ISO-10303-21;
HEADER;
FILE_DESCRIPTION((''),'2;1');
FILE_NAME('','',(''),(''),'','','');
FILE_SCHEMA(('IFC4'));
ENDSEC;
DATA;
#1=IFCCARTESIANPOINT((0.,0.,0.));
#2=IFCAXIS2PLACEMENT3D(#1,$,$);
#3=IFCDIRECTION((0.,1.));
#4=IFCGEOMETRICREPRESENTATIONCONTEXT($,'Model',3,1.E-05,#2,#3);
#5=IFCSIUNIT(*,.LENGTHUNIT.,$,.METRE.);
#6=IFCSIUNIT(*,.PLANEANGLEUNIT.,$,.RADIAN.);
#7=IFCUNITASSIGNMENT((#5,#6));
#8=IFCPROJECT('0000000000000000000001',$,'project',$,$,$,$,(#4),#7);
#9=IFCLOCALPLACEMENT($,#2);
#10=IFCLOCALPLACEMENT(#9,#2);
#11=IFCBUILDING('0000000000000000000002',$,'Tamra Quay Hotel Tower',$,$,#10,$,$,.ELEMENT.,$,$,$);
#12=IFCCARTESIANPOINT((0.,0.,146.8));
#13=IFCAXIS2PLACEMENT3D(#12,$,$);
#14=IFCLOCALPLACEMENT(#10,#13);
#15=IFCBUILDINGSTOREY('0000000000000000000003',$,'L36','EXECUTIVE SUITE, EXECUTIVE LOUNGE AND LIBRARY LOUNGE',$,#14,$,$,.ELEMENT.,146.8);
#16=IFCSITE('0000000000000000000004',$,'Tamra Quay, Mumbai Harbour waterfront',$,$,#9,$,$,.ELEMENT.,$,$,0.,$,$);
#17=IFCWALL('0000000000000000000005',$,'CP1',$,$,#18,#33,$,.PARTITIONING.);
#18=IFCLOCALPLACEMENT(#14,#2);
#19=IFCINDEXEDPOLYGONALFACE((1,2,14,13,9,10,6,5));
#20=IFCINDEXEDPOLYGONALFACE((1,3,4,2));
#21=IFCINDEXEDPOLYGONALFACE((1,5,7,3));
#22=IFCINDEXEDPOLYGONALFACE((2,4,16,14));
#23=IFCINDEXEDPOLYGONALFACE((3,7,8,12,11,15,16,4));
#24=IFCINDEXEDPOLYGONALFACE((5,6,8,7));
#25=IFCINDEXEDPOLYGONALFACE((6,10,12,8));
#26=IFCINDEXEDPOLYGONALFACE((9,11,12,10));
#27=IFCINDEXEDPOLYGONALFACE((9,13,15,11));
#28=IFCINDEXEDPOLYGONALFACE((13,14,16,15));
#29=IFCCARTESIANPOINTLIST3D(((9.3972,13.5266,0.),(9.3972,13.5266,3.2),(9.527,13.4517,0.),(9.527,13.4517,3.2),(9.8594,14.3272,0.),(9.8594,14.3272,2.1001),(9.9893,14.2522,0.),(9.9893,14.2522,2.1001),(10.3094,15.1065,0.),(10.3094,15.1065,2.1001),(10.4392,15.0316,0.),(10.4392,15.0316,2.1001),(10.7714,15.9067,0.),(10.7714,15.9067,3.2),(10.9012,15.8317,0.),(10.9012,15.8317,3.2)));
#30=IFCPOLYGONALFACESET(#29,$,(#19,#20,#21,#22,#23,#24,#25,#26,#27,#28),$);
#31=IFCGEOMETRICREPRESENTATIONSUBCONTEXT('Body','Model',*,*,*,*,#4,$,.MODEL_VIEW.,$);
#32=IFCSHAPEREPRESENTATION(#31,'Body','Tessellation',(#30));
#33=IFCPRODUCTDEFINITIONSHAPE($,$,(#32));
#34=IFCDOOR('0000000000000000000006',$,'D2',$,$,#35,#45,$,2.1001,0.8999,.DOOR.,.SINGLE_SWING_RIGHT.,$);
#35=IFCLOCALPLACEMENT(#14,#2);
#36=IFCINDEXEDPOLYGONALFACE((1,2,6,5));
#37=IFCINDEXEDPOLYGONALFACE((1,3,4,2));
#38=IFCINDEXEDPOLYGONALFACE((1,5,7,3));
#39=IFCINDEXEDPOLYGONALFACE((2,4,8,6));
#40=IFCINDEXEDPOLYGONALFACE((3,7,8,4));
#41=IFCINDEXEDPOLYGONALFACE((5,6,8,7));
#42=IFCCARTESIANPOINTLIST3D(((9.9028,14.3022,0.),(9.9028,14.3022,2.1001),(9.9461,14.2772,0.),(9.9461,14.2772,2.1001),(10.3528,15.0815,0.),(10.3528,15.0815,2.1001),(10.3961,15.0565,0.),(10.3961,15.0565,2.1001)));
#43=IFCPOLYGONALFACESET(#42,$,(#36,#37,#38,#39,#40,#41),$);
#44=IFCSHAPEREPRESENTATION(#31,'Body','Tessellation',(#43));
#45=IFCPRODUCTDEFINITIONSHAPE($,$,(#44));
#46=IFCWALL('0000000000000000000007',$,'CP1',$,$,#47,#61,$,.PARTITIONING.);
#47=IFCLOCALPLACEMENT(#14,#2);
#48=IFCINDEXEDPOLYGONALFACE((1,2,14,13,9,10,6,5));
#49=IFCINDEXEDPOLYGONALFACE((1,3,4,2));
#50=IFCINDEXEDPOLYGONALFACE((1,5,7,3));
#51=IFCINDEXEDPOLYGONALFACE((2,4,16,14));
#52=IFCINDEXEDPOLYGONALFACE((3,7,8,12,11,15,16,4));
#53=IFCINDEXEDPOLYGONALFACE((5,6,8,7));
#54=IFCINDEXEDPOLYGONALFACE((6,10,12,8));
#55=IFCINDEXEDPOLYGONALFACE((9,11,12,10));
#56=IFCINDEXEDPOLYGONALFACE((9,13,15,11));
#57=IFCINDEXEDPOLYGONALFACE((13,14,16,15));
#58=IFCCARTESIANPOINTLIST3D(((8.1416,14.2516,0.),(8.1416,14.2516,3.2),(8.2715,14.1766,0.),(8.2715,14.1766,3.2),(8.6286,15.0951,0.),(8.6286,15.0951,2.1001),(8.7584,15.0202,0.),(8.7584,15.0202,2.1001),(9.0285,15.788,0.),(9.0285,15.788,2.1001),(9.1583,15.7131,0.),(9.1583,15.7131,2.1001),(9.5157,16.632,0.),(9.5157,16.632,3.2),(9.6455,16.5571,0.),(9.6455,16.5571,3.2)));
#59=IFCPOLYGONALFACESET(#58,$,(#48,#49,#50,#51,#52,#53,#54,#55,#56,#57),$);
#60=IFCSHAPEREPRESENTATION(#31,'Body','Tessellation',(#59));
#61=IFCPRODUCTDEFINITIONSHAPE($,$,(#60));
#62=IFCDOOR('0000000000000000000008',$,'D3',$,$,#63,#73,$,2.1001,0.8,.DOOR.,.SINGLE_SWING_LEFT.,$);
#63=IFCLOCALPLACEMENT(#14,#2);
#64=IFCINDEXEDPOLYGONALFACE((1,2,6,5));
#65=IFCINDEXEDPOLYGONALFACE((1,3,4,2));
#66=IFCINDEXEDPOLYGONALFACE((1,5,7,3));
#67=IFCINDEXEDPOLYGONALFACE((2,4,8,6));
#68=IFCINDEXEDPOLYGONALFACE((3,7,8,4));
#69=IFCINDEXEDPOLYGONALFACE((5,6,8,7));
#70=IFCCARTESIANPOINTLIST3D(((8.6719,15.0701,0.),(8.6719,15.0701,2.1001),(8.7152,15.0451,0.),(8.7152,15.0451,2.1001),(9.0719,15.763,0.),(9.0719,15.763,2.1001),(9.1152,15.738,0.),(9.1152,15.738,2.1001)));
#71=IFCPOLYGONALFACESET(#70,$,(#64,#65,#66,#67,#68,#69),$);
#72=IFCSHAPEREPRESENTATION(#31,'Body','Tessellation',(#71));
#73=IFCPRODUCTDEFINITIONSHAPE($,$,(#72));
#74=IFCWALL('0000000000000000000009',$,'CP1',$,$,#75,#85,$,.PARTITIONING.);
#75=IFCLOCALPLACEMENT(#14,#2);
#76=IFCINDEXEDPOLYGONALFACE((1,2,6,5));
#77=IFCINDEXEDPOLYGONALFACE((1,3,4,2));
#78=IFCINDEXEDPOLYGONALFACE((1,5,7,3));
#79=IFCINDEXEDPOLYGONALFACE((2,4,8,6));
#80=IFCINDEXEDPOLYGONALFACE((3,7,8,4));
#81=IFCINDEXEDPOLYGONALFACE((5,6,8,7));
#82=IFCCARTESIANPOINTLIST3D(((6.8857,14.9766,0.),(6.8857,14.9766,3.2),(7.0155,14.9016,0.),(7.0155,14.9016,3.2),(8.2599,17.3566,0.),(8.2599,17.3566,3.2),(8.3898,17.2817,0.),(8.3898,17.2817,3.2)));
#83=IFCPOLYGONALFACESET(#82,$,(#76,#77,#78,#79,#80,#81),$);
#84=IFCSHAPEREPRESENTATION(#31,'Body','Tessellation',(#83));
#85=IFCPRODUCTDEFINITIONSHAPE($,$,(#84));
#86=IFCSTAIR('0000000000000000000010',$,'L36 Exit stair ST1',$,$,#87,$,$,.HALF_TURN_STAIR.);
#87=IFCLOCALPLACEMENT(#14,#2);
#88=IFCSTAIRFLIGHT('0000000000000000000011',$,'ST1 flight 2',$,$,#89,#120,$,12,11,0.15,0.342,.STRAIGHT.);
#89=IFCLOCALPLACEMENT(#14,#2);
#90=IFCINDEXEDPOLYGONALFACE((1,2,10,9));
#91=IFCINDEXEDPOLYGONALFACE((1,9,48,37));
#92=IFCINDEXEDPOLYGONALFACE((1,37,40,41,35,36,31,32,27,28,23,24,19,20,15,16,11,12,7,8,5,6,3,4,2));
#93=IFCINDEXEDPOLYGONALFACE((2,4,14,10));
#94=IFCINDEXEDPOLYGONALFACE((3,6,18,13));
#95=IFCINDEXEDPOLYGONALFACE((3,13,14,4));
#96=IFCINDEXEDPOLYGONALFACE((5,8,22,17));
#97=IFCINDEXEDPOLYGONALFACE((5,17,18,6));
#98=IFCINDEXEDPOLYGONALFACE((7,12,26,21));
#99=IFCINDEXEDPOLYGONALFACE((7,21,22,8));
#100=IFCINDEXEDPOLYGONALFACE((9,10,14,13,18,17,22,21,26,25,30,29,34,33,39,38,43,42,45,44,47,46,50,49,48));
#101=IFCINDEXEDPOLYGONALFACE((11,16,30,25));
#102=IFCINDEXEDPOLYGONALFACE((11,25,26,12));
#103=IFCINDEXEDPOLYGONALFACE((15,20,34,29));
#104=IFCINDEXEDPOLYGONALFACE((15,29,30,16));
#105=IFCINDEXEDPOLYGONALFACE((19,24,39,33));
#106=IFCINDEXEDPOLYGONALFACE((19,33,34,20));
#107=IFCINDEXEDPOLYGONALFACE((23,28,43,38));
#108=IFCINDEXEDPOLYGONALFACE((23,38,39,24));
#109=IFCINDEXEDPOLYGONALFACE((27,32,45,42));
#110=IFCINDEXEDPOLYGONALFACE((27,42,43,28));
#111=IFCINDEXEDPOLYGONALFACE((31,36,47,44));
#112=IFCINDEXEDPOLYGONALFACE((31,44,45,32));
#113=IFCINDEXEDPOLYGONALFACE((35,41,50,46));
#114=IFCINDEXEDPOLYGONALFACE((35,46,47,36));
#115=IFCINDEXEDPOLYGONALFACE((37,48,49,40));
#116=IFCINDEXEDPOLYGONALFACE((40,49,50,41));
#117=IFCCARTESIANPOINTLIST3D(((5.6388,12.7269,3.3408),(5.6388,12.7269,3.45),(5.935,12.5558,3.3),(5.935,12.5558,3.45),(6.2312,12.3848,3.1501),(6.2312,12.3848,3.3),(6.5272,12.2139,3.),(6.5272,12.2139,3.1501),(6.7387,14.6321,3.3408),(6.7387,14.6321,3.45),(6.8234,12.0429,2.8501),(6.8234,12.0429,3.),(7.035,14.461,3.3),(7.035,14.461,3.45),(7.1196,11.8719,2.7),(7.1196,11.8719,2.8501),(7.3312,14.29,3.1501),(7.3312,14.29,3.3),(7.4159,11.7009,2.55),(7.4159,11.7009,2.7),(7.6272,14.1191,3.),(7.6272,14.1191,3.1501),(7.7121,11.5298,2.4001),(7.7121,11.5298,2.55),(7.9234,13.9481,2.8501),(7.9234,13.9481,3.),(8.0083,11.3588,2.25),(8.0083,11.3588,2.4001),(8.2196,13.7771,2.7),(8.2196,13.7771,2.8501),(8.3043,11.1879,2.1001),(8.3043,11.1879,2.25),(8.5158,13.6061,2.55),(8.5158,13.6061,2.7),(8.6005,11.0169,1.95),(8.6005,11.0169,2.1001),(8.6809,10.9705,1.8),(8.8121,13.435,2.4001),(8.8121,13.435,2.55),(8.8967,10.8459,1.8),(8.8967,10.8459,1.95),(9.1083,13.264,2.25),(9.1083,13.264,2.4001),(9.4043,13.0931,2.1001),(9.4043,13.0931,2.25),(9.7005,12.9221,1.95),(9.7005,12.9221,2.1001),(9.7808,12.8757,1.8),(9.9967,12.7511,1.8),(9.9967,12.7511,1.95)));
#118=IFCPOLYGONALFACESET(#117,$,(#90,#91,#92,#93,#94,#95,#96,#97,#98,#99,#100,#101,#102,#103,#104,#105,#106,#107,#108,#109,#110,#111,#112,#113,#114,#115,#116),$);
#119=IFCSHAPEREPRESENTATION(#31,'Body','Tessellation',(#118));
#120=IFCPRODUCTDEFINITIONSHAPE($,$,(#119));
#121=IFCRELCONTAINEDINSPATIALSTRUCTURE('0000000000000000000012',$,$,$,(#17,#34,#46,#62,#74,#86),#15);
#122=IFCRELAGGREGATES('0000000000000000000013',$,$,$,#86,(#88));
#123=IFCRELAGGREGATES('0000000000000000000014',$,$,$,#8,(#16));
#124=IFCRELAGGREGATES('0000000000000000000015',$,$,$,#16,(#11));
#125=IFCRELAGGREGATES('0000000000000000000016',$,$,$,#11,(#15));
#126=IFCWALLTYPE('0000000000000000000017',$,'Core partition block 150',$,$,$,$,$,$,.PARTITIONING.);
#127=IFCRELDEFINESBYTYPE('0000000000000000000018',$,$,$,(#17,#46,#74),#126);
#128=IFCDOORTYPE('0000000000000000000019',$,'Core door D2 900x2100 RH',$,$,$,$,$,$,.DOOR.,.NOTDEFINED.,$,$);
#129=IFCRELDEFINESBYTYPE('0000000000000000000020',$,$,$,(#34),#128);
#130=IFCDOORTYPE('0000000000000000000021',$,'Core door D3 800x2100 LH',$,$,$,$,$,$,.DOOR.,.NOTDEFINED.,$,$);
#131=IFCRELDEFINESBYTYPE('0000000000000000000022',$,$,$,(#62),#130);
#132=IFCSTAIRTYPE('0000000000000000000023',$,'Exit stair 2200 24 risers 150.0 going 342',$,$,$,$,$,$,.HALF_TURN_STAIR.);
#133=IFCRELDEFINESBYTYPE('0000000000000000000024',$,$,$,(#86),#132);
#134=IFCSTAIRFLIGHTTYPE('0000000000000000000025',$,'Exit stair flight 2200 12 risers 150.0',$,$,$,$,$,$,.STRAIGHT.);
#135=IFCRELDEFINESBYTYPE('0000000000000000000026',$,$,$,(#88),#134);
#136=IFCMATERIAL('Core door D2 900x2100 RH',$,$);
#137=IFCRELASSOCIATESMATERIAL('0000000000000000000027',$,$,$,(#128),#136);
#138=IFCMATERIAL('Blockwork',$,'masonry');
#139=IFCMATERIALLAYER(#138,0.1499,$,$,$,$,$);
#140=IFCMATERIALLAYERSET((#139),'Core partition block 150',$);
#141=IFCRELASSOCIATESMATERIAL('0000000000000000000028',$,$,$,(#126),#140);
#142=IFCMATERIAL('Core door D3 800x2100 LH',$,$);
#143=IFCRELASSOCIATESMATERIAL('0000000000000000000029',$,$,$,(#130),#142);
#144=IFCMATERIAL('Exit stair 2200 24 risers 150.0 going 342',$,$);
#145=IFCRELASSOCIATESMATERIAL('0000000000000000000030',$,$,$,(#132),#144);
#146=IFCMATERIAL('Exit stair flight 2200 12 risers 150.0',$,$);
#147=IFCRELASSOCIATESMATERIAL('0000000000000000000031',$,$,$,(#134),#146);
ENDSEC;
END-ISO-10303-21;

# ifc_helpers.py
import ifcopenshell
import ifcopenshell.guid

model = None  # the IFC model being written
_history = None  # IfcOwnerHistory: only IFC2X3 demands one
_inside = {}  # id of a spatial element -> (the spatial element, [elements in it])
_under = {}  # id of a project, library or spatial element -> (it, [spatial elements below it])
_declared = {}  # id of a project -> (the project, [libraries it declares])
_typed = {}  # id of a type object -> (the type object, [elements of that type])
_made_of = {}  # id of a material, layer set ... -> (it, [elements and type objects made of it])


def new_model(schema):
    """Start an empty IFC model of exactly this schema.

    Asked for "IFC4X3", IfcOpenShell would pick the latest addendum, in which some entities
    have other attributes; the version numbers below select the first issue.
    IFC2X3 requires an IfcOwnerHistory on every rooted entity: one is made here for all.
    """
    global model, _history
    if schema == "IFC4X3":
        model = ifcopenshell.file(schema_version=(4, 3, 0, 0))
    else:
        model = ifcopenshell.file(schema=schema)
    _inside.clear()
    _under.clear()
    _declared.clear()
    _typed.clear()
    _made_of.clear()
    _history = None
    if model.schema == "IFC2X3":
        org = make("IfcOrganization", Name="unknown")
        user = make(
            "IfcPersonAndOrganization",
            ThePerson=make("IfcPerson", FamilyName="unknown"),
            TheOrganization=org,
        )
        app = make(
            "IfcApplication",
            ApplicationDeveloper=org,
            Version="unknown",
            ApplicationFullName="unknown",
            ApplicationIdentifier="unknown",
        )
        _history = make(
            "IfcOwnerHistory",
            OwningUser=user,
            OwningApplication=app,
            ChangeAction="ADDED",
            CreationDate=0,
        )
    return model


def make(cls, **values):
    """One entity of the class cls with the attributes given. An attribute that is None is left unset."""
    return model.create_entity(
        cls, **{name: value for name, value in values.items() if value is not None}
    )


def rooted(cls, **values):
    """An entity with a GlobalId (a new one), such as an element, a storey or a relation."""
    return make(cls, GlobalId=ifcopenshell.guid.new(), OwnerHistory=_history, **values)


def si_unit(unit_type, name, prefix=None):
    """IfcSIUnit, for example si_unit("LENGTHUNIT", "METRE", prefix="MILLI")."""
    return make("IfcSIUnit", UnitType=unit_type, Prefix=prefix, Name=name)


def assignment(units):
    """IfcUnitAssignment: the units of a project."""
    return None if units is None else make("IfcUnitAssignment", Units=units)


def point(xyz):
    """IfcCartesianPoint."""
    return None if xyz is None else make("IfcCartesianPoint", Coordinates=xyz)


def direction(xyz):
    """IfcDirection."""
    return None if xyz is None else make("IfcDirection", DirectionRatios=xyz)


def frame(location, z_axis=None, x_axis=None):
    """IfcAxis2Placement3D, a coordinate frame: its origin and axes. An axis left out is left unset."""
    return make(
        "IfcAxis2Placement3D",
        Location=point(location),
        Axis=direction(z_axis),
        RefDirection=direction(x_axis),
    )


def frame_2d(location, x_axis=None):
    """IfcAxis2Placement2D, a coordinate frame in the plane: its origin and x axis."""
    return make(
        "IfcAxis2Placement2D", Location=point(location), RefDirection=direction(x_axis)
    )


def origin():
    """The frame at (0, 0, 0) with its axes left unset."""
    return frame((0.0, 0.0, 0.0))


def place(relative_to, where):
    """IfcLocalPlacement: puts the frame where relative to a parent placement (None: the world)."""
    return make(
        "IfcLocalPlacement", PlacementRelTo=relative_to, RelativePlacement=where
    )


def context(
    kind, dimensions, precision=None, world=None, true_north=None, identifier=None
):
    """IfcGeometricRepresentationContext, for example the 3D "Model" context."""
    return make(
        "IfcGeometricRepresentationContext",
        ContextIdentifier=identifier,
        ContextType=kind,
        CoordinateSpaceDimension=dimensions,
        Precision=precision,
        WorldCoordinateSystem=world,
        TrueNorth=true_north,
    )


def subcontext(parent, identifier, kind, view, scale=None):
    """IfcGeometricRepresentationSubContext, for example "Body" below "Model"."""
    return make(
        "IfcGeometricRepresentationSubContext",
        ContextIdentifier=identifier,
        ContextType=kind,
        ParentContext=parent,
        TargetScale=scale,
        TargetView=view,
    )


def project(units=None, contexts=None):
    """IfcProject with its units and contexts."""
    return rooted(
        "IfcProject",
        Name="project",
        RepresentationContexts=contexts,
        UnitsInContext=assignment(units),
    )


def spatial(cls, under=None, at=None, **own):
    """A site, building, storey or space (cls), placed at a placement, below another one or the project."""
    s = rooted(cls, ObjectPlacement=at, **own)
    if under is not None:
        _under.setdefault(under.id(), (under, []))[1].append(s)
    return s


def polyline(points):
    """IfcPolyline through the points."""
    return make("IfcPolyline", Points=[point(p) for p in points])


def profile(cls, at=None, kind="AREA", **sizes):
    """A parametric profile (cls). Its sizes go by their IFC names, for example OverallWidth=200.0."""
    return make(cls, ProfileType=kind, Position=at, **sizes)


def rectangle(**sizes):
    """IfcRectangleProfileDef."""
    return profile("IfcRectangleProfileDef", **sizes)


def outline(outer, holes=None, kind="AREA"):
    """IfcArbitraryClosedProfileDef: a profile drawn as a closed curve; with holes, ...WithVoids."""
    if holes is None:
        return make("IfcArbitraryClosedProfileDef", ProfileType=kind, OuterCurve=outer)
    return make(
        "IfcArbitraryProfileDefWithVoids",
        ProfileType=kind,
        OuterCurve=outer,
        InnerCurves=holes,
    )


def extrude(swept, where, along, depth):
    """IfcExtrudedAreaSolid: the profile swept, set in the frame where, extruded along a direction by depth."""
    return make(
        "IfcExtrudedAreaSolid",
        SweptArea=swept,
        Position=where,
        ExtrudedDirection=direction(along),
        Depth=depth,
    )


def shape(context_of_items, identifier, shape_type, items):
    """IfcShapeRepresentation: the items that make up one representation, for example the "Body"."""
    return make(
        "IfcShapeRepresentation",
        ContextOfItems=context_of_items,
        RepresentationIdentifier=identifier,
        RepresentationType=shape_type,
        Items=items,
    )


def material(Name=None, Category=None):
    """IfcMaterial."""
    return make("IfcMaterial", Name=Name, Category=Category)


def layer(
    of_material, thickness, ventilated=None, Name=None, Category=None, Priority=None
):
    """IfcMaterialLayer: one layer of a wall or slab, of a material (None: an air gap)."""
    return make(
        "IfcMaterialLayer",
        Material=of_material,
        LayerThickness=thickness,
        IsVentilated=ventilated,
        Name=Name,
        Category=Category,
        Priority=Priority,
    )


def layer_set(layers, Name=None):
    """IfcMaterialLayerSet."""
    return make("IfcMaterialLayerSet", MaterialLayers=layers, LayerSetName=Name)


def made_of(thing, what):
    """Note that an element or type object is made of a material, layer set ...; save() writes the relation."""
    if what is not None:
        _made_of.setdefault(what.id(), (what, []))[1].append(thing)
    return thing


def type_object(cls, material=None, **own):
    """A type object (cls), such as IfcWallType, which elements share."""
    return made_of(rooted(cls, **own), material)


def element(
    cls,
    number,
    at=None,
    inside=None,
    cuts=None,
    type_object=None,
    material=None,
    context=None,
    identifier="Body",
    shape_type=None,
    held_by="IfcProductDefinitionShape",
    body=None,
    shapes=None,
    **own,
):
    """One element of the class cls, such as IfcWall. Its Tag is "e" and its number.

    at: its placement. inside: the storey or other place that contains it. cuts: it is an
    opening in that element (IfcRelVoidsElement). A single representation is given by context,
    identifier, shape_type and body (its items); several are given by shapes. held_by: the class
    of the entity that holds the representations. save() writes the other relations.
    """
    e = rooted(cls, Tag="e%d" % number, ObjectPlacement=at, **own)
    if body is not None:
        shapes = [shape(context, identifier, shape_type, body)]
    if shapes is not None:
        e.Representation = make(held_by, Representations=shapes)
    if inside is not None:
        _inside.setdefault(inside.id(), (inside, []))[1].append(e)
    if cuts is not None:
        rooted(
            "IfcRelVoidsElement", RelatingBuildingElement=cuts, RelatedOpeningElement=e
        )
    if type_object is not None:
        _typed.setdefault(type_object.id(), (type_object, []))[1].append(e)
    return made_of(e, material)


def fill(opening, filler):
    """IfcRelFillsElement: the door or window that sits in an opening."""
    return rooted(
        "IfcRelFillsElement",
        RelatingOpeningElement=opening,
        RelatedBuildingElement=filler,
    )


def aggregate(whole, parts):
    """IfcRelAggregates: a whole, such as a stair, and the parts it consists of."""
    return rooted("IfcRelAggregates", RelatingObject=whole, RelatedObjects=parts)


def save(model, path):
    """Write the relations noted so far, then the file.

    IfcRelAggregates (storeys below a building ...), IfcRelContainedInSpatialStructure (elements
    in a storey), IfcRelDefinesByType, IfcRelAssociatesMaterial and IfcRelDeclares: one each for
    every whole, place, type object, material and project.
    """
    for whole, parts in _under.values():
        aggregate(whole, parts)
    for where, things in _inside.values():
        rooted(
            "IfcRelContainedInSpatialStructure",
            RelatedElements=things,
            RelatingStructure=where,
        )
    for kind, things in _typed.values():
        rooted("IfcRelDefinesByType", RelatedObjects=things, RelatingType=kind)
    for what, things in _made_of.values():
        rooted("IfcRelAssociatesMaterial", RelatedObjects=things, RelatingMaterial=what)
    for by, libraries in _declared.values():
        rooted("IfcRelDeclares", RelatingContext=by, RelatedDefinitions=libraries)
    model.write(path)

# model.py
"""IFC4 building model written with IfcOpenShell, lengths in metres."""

from ifc_helpers import new_model, si_unit, direction, frame, frame_2d, origin, place, context, subcontext, project, spatial, polyline, rectangle, outline, extrude, material, layer, layer_set, type_object, element, fill, aggregate, save


model = new_model("IFC4")

# Units and contexts
model_context = context("Model", 3, precision=1e-05, world=origin(), true_north=direction((0.0, 1.0)))
body_context = subcontext(model_context, "Body", "Model", "MODEL_VIEW")
ifc_project = project(units=[si_unit("LENGTHUNIT", "METRE"), si_unit("PLANEANGLEUNIT", "RADIAN")], contexts=[model_context])

# Site, building, storey
site_placement = place(None, origin())
site = spatial("IfcSite", under=ifc_project, at=site_placement, Name="Tamra Quay, Mumbai Harbour waterfront", CompositionType="ELEMENT", RefElevation=0.0)
building_placement = place(site_placement, origin())
building = spatial("IfcBuilding", under=site, at=building_placement, Name="Tamra Quay Hotel Tower", CompositionType="ELEMENT")
storey_placement = place(building_placement, frame((0.0, 0.0, 146.8)))
storey = spatial("IfcBuildingStorey", under=building, at=storey_placement, Name="L36", Description="EXECUTIVE SUITE, EXECUTIVE LOUNGE AND LIBRARY LOUNGE", CompositionType="ELEMENT", Elevation=146.8)

# Shared definitions
ifc_material_1 = material(Name="Core door D2 900x2100 RH")
door_type_1 = type_object("IfcDoorType", Name="Core door D2 900x2100 RH", OperationType="NOTDEFINED", PredefinedType="DOOR", material=ifc_material_1)

# Walls, openings, doors
ifc_material_2 = material(Name="Blockwork", Category="masonry")
ifc_layer_1 = layer(ifc_material_2, 0.1499)
ifc_layer_set_1 = layer_set([ifc_layer_1], Name="Core partition block 150")
wall_type_1 = type_object("IfcWallType", Name="Core partition block 150", PredefinedType="PARTITIONING", material=ifc_layer_set_1)
wall_1_placement = place(storey_placement, frame((9.4622, 13.4893, 0.0), z_axis=(0.0, 0.0, 1.0), x_axis=(0.500027, 0.86601, 0.0)))
wall_1 = element("IfcWall", 1, at=wall_1_placement, inside=storey, type_object=wall_type_1, Name="CP1", PredefinedType="PARTITIONING", context=body_context, shape_type="SweptSolid", body=[
    extrude(rectangle(XDim=2.7483, YDim=0.1499, at=frame_2d((1.374, 0.0))), origin(), (0.0, 0.0, 1.0), 3.2),
])
opening_1_placement = place(wall_1_placement, frame((0.9243, 0.0, 0.0)))
opening_1 = element("IfcOpeningElement", 2, at=opening_1_placement, cuts=wall_1, PredefinedType="OPENING", context=body_context, shape_type="SweptSolid", body=[
    extrude(rectangle(XDim=0.8999, YDim=2.1001, at=frame_2d((0.45, 1.05))), frame((0.0, 0.085, 0.0), z_axis=(0.0, -1.0, 0.0), x_axis=(1.0, 0.0, 0.0)), (0.0, 0.0, 1.0), 0.1699),
])
door_1_placement = place(opening_1_placement, origin())
door_1 = element("IfcDoor", 3, at=door_1_placement, inside=storey, type_object=door_type_1, Name="D2", OperationType="SINGLE_SWING_RIGHT", OverallHeight=2.1001, OverallWidth=0.8999, PredefinedType="DOOR", context=body_context, shape_type="SweptSolid", body=[
    extrude(rectangle(XDim=0.8999, YDim=2.1001, at=frame_2d((0.45, 1.05))), frame((0.0, 0.0249, 0.0), z_axis=(0.0, -1.0, 0.0), x_axis=(1.0, 0.0, 0.0)), (0.0, 0.0, 1.0), 0.05),
])
fill(opening_1, door_1)
wall_2_placement = place(storey_placement, frame((8.2065, 14.2141, 0.0), z_axis=(0.0, 0.0, 1.0), x_axis=(0.499922, 0.86607, 0.0)))
wall_2 = element("IfcWall", 4, at=wall_2_placement, inside=storey, type_object=wall_type_1, Name="CP1", PredefinedType="PARTITIONING", context=body_context, shape_type="SweptSolid", body=[
    extrude(rectangle(XDim=2.7485, YDim=0.1499, at=frame_2d((1.3743, 0.0))), origin(), (0.0, 0.0, 1.0), 3.2),
])
opening_2_placement = place(wall_2_placement, frame((0.9741, 0.0, 0.0)))
opening_2 = element("IfcOpeningElement", 5, at=opening_2_placement, cuts=wall_2, PredefinedType="OPENING", context=body_context, shape_type="SweptSolid", body=[
    extrude(rectangle(XDim=0.8, YDim=2.1001, at=frame_2d((0.3999, 1.05))), frame((0.0, 0.085, 0.0), z_axis=(0.0, -1.0, 0.0), x_axis=(1.0, 0.0, 0.0)), (0.0, 0.0, 1.0), 0.1699),
])
ifc_material_3 = material(Name="Core door D3 800x2100 LH")
door_type_2 = type_object("IfcDoorType", Name="Core door D3 800x2100 LH", OperationType="NOTDEFINED", PredefinedType="DOOR", material=ifc_material_3)
door_2_placement = place(opening_2_placement, origin())
door_2 = element("IfcDoor", 6, at=door_2_placement, inside=storey, type_object=door_type_2, Name="D3", OperationType="SINGLE_SWING_LEFT", OverallHeight=2.1001, OverallWidth=0.8, PredefinedType="DOOR", context=body_context, shape_type="SweptSolid", body=[
    extrude(rectangle(XDim=0.8, YDim=2.1001, at=frame_2d((0.3999, 1.05))), frame((0.0, 0.0249, 0.0), z_axis=(0.0, -1.0, 0.0), x_axis=(1.0, 0.0, 0.0)), (0.0, 0.0, 1.0), 0.05),
])
fill(opening_2, door_2)

# Wall
wall_3_placement = place(storey_placement, frame((6.9507, 14.9392, 0.0), z_axis=(0.0, 0.0, 1.0), x_axis=(0.500027, 0.86601, 0.0)))
element("IfcWall", 7, at=wall_3_placement, inside=storey, type_object=wall_type_1, Name="CP1", PredefinedType="PARTITIONING", context=body_context, shape_type="SweptSolid", body=[
    extrude(rectangle(XDim=2.7483, YDim=0.1499, at=frame_2d((1.374, 0.0))), origin(), (0.0, 0.0, 1.0), 3.2),
])

# Stair, stair flight
ifc_material_4 = material(Name="Exit stair 2200 24 risers 150.0 going 342")
stair_type = type_object("IfcStairType", Name="Exit stair 2200 24 risers 150.0 going 342", PredefinedType="HALF_TURN_STAIR", material=ifc_material_4)
stair_placement = place(storey_placement, origin())
stair = element("IfcStair", 8, at=stair_placement, inside=storey, type_object=stair_type, Name="L36 Exit stair ST1", PredefinedType="HALF_TURN_STAIR")
ifc_material_5 = material(Name="Exit stair flight 2200 12 risers 150.0")
stair_flight_type = type_object("IfcStairFlightType", Name="Exit stair flight 2200 12 risers 150.0", PredefinedType="STRAIGHT", material=ifc_material_5)
stair_flight_placement = place(storey_placement, frame((9.4468, 11.7986, 1.8), z_axis=(0.0, 0.0, 1.0), x_axis=(-0.866025, 0.5, 0.0)))
stair_flight = element("IfcStairFlight", 9, at=stair_flight_placement, type_object=stair_flight_type, Name="ST1 flight 2", NumberOfRisers=12, NumberOfTreads=11, PredefinedType="STRAIGHT", RiserHeight=0.15, TreadLength=0.342, context=body_context, shape_type="SweptSolid", body=[
    extrude(outline(polyline([(0.0, 0.0), (0.0, 0.1499), (0.342, 0.1499), (0.342, 0.3), (0.6841, 0.3), (0.6841, 0.45), (1.0259, 0.45), (1.0259, 0.6001), (1.3679, 0.6001), (1.3679, 0.75), (1.71, 0.75), (1.71, 0.8999), (2.052, 0.8999), (2.052, 1.05), (2.394, 1.05), (2.394, 1.2), (2.7361, 1.2), (2.7361, 1.3501), (3.0779, 1.3501), (3.0779, 1.5), (3.4199, 1.5), (3.4199, 1.6499), (3.762, 1.6499), (3.762, 1.8), (3.762, 1.5408), (0.2493, 0.0), (0.0, 0.0)])), frame((0.0, 1.1001, 0.0), z_axis=(0.0, -1.0, 0.0), x_axis=(1.0, 0.0, 0.0)), (0.0, 0.0, 1.0), 2.2),
])
aggregate(stair, [stair_flight])

save(model, "model.ifc")
